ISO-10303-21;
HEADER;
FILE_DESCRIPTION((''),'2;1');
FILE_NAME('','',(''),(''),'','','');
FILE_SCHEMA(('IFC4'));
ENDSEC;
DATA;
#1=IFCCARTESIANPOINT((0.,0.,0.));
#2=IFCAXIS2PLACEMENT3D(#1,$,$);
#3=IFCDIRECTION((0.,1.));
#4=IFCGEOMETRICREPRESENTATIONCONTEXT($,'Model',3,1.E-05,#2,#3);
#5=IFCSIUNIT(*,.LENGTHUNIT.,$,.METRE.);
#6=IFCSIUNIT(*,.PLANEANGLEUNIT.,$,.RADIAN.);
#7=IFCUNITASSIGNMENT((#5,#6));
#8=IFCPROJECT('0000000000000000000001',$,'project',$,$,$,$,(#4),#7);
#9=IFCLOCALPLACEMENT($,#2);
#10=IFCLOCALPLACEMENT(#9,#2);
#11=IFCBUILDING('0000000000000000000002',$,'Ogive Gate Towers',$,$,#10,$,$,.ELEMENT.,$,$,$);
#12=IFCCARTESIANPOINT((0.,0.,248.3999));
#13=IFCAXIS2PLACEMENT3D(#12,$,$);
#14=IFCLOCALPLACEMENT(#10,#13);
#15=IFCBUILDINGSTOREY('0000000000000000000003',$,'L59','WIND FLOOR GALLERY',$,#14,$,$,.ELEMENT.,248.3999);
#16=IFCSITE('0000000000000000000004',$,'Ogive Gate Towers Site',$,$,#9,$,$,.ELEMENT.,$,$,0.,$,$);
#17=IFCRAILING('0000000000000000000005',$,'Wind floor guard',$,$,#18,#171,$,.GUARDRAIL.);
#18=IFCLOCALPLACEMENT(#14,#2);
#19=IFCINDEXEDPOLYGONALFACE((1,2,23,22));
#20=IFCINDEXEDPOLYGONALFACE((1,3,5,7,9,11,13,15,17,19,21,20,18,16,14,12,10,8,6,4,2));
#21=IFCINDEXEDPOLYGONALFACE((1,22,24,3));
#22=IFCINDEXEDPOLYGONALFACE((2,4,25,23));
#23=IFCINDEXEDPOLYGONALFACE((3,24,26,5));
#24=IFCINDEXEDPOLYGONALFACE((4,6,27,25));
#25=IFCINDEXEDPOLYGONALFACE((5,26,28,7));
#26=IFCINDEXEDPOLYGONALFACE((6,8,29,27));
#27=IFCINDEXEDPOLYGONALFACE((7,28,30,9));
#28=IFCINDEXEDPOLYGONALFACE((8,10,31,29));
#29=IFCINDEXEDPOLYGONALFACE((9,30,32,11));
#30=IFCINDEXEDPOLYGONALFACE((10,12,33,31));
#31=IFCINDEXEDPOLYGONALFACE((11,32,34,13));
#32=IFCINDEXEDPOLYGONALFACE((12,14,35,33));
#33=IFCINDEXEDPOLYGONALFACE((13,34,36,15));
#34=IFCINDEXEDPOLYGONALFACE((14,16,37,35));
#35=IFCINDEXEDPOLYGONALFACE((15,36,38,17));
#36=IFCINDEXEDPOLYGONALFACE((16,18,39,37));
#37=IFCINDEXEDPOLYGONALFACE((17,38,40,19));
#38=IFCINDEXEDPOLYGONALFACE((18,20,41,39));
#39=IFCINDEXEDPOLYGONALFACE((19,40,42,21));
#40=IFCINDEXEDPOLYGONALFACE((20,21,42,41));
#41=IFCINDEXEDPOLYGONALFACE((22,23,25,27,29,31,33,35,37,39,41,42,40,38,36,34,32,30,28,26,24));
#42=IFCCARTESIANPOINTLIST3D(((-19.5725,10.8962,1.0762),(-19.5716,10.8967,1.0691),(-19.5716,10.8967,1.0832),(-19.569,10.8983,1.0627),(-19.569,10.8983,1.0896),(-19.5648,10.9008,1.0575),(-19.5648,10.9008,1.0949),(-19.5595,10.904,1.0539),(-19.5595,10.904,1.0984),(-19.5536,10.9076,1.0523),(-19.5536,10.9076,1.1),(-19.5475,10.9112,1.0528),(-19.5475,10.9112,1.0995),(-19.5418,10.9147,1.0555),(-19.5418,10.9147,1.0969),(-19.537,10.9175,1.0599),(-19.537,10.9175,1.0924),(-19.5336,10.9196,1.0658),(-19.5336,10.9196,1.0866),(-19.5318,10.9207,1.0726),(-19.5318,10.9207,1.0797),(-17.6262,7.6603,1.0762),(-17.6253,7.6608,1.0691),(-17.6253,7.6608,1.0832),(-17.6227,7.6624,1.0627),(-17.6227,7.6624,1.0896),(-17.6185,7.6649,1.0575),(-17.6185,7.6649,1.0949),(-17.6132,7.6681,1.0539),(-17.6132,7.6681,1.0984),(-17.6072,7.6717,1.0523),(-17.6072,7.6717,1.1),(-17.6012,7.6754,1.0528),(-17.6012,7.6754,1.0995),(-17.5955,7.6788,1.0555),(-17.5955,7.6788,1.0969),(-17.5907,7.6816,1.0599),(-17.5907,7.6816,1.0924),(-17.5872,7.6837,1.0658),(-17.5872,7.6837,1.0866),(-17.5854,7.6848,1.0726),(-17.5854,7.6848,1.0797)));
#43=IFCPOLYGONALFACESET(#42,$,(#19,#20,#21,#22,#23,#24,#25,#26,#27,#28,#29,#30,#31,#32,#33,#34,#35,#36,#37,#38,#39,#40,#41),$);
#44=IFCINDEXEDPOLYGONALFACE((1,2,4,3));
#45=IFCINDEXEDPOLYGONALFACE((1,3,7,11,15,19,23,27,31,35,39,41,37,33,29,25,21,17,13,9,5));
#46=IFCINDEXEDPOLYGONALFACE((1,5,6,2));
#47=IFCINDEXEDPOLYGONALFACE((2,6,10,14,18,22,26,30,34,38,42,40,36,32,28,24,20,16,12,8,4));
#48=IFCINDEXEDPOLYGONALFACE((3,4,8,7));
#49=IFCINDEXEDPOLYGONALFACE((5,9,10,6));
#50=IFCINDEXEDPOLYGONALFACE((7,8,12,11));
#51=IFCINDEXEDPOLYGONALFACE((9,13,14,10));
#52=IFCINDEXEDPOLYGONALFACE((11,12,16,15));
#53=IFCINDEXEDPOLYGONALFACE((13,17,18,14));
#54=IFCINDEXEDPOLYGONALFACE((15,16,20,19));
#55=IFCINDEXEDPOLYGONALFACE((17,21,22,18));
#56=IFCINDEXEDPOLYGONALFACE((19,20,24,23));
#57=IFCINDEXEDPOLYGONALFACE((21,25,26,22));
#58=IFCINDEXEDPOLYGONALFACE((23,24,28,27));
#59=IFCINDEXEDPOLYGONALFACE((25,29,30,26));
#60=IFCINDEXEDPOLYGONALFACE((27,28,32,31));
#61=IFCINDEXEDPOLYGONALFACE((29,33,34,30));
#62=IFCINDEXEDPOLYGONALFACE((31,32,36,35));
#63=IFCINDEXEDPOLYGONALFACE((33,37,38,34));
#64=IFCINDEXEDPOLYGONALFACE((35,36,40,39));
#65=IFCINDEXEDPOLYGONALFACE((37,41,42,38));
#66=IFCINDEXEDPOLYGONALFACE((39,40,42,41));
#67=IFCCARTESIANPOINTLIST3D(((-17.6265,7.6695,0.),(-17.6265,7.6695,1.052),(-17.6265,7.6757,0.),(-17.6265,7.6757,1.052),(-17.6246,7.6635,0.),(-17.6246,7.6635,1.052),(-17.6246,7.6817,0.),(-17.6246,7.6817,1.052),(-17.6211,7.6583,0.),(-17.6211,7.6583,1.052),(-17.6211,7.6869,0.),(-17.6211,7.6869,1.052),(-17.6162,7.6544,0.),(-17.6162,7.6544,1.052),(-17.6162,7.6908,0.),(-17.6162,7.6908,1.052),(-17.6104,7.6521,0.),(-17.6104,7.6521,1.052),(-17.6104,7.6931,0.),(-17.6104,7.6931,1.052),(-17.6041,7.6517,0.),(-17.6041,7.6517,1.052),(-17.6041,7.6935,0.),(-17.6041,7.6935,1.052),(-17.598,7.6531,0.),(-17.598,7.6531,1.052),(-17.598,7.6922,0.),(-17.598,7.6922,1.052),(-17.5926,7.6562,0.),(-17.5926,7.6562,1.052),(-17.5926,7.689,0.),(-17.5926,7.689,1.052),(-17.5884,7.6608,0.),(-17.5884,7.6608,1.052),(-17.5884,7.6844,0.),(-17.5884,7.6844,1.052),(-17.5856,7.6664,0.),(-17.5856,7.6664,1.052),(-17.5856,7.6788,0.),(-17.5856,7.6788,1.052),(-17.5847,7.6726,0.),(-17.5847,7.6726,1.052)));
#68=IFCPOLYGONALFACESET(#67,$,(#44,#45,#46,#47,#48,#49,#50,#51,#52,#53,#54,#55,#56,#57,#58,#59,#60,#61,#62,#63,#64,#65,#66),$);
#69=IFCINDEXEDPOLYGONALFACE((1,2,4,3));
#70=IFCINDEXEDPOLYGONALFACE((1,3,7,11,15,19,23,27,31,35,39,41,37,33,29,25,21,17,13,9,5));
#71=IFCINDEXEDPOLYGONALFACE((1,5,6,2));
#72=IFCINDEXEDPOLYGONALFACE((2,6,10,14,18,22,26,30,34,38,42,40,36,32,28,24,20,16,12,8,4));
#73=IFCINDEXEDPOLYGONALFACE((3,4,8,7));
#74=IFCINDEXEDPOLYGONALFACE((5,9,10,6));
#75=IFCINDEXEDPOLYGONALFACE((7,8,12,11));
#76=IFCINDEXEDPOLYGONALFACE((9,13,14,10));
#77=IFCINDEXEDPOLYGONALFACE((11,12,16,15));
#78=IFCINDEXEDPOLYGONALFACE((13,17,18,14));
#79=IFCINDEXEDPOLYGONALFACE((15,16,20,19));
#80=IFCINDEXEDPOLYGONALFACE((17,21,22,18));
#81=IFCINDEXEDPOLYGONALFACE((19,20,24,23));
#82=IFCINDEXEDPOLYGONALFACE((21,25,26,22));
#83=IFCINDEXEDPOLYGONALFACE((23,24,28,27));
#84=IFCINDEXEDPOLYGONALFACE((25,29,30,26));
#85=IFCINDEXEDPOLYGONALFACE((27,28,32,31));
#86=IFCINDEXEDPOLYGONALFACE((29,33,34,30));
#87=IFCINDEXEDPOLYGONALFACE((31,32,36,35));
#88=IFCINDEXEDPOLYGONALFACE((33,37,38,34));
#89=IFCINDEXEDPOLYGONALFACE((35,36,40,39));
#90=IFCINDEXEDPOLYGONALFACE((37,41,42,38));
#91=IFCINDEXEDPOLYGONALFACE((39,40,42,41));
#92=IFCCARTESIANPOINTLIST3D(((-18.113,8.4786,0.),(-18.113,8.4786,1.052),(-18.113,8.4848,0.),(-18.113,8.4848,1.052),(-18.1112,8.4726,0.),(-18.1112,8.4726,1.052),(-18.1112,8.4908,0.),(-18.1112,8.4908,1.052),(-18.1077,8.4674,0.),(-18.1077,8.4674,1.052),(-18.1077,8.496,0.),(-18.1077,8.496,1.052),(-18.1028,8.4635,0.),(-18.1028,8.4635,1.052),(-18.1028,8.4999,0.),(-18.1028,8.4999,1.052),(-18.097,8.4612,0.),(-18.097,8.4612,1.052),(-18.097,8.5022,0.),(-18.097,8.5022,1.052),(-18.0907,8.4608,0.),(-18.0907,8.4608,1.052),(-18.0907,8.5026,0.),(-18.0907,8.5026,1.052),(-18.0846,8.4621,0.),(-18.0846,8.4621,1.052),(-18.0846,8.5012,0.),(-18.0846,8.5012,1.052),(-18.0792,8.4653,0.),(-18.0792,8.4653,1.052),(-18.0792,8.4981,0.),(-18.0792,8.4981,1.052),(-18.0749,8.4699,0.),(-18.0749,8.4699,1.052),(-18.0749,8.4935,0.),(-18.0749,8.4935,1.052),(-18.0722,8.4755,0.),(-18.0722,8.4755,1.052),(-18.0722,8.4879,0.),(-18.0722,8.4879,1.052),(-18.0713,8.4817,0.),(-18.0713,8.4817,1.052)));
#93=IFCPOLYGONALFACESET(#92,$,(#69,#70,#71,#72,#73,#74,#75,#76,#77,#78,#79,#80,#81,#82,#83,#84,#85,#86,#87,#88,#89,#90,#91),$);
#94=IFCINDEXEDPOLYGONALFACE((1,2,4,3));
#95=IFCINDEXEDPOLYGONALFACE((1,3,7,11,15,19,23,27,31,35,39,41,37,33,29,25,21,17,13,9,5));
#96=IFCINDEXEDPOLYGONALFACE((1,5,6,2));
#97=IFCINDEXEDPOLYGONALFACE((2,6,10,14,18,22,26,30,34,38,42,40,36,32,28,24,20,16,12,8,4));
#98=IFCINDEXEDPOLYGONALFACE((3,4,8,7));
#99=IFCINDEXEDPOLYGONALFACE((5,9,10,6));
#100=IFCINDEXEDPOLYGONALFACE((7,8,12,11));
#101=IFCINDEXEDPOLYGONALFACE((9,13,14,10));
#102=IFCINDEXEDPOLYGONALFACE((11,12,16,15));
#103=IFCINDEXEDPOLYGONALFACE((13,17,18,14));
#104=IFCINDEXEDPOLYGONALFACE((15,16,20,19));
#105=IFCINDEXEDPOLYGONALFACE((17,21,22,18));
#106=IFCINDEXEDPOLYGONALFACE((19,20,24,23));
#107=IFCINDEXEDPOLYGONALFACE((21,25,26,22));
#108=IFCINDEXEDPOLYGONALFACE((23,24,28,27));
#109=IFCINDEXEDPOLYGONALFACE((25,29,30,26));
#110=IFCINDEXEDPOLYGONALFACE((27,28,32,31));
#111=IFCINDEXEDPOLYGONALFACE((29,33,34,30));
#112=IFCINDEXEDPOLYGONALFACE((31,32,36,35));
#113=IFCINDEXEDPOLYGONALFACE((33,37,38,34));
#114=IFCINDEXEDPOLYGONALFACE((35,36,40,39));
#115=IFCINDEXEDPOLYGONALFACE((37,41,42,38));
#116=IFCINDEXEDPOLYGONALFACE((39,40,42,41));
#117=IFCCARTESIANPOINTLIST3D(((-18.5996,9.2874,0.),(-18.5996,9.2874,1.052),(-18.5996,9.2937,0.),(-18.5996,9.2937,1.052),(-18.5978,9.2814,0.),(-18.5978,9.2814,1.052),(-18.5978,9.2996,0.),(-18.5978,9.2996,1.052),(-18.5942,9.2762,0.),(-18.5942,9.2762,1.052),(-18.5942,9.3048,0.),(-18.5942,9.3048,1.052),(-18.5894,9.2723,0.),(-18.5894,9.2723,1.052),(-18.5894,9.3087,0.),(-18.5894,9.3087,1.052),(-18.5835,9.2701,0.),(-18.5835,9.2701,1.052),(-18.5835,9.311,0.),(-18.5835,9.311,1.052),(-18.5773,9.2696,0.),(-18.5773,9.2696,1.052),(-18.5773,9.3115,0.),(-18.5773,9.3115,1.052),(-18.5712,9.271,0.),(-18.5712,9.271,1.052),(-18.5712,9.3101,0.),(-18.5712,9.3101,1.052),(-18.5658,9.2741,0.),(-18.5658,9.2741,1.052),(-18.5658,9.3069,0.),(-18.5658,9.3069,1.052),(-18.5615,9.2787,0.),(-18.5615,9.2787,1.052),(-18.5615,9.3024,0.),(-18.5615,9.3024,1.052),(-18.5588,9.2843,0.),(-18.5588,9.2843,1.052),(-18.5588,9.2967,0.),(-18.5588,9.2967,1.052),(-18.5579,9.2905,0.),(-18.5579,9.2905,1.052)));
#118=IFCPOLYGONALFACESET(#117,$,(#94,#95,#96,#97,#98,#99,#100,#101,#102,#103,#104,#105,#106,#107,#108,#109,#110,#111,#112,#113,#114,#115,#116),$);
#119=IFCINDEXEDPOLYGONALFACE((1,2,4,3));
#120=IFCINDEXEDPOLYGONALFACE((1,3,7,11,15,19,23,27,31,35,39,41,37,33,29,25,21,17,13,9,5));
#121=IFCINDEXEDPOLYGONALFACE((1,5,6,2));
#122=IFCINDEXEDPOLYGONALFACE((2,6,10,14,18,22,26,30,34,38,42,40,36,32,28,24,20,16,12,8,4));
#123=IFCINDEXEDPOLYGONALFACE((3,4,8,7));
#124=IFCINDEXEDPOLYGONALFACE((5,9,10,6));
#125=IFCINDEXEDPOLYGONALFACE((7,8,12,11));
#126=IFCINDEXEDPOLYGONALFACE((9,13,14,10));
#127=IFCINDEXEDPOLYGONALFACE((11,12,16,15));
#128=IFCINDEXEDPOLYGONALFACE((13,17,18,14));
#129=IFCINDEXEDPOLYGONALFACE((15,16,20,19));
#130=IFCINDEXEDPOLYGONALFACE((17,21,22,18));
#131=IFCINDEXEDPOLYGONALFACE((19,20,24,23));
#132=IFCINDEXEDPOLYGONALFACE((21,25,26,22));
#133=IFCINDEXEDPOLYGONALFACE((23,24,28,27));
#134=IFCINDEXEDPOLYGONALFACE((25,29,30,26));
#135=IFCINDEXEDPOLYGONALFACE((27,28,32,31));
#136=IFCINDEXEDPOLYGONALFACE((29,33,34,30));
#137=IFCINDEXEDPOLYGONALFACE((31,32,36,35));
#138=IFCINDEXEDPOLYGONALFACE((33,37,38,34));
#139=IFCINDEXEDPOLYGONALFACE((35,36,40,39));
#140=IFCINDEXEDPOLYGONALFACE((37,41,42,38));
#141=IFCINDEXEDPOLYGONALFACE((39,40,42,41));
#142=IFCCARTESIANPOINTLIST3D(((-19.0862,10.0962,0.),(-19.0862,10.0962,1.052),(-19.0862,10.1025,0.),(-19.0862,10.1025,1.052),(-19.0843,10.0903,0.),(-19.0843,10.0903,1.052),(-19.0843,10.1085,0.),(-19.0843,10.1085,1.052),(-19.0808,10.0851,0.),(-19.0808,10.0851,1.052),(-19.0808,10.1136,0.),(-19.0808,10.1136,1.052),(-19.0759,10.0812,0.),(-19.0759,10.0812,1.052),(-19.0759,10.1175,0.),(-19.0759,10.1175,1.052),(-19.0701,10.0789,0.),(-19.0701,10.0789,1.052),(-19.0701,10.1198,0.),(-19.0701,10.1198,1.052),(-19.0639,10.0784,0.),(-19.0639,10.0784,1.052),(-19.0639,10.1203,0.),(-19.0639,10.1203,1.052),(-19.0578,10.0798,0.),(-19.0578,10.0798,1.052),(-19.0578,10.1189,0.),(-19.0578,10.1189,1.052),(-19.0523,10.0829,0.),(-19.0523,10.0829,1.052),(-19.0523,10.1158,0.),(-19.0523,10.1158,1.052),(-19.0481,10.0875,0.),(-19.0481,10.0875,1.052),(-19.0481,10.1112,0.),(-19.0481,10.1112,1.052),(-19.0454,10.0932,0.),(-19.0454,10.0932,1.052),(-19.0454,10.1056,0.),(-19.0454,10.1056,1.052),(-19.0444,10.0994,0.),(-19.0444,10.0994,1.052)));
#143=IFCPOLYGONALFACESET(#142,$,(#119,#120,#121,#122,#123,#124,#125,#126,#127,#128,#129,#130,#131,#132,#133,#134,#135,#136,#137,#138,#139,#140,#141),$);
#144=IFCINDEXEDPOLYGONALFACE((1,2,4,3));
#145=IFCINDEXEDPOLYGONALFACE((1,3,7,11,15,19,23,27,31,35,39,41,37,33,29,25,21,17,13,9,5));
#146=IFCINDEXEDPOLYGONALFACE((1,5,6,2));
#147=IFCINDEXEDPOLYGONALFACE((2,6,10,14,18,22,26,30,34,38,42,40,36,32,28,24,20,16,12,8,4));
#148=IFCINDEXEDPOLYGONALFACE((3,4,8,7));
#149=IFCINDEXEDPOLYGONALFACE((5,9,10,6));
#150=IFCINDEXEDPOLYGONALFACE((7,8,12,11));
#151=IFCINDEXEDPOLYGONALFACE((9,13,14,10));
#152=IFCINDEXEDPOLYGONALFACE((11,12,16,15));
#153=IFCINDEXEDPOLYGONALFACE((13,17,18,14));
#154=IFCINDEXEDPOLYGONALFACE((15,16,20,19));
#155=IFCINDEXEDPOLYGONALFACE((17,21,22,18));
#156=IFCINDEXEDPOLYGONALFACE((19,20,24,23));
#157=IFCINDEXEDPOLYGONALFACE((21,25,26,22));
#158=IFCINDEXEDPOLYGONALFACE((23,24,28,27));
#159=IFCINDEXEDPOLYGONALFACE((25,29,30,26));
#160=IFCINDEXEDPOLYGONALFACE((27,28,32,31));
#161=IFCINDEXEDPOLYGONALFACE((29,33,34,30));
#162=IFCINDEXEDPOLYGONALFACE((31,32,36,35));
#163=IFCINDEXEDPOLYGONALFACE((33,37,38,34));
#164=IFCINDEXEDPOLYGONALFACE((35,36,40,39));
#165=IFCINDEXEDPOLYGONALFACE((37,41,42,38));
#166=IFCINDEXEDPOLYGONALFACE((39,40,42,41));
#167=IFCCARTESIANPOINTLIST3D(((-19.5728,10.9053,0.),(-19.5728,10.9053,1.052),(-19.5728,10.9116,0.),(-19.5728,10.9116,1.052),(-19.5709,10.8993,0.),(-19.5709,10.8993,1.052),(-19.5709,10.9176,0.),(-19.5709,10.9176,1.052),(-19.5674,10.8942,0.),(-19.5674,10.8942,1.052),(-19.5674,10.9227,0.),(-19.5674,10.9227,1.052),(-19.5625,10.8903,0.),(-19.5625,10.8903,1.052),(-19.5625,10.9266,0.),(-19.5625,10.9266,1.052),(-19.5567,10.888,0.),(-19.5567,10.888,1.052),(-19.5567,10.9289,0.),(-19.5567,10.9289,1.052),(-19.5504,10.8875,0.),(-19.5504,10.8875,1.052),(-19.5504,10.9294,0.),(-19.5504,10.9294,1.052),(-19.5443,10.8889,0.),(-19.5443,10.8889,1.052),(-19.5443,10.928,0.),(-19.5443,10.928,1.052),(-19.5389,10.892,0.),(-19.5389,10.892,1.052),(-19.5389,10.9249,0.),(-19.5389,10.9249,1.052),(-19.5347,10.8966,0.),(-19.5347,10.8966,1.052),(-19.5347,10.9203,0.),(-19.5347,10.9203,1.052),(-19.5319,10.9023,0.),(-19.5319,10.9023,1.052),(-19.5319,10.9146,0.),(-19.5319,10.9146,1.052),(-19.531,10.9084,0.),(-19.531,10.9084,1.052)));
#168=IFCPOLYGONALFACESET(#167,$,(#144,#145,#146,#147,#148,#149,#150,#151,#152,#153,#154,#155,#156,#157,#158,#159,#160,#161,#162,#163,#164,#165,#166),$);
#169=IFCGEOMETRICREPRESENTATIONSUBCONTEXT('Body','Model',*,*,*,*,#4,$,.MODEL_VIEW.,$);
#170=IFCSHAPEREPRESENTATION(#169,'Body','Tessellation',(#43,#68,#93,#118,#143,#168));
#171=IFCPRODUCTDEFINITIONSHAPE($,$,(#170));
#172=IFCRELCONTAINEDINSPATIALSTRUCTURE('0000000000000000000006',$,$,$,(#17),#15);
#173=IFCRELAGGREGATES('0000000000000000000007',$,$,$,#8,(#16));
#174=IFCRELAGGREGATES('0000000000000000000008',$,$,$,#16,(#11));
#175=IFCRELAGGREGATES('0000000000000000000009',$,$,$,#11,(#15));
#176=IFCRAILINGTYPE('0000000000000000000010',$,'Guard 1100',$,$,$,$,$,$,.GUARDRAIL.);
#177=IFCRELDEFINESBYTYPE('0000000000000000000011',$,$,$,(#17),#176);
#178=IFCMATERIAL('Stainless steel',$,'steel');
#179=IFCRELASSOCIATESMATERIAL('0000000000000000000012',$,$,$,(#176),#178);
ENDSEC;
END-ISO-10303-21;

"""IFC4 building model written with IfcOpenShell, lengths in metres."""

from ifc_helpers import new_model, si_unit, direction, frame, origin, origin_2d, place, context, subcontext, project, spatial, circle, extrude, material, type_object, element, save


model = new_model("IFC4")

# Units and contexts
model_context = context("Model", 3, precision=1e-05, world=origin(), true_north=direction((0.0, 1.0)))
body_context = subcontext(model_context, "Body", "Model", "MODEL_VIEW")
ifc_project = project(units=[si_unit("LENGTHUNIT", "METRE"), si_unit("PLANEANGLEUNIT", "RADIAN")], contexts=[model_context])

# Site, building, storey
site_placement = place(None, origin())
site = spatial("IfcSite", under=ifc_project, at=site_placement, Name="Ogive Gate Towers Site", CompositionType="ELEMENT", RefElevation=0.0)
building_placement = place(site_placement, origin())
building = spatial("IfcBuilding", under=site, at=building_placement, Name="Ogive Gate Towers", CompositionType="ELEMENT")
storey_placement = place(building_placement, frame((0.0, 0.0, 248.3999)))
storey = spatial("IfcBuildingStorey", under=building, at=storey_placement, Name="L59", Description="WIND FLOOR GALLERY", CompositionType="ELEMENT", Elevation=248.3999)

# Railing
ifc_material_1 = material(Name="Stainless steel", Category="steel")
railing_type = type_object("IfcRailingType", Name="Guard 1100", PredefinedType="GUARDRAIL", material=ifc_material_1)
railing_1_placement = place(storey_placement, frame((-17.6057, 7.6726, 0.0)))
element("IfcRailing", 1, at=railing_1_placement, inside=storey, type_object=railing_type, Name="Wind floor guard", PredefinedType="GUARDRAIL", context=body_context, shape_type="SweptSolid", body=[
    extrude(circle(Radius=0.0239, at=origin_2d()), frame((0.0, 0.0, 1.0762), z_axis=(-0.515427, 0.856933, 0.0), x_axis=(-0.856933, -0.515427, 0.0)), (0.0, 0.0, 1.0), 3.7761),
    extrude(circle(Radius=0.021, at=origin_2d()), origin(), (0.0, 0.0, 1.0), 1.052),
    extrude(circle(Radius=0.021, at=origin_2d()), frame((-0.4866, 0.8091, 0.0)), (0.0, 0.0, 1.0), 1.052),
    extrude(circle(Radius=0.021, at=origin_2d()), frame((-0.9731, 1.6179, 0.0)), (0.0, 0.0, 1.0), 1.052),
    extrude(circle(Radius=0.021, at=origin_2d()), frame((-1.4597, 2.4268, 0.0)), (0.0, 0.0, 1.0), 1.052),
    extrude(circle(Radius=0.021, at=origin_2d()), frame((-1.9463, 3.2358, 0.0)), (0.0, 0.0, 1.0), 1.052),
])

save(model, "model.ifc")
